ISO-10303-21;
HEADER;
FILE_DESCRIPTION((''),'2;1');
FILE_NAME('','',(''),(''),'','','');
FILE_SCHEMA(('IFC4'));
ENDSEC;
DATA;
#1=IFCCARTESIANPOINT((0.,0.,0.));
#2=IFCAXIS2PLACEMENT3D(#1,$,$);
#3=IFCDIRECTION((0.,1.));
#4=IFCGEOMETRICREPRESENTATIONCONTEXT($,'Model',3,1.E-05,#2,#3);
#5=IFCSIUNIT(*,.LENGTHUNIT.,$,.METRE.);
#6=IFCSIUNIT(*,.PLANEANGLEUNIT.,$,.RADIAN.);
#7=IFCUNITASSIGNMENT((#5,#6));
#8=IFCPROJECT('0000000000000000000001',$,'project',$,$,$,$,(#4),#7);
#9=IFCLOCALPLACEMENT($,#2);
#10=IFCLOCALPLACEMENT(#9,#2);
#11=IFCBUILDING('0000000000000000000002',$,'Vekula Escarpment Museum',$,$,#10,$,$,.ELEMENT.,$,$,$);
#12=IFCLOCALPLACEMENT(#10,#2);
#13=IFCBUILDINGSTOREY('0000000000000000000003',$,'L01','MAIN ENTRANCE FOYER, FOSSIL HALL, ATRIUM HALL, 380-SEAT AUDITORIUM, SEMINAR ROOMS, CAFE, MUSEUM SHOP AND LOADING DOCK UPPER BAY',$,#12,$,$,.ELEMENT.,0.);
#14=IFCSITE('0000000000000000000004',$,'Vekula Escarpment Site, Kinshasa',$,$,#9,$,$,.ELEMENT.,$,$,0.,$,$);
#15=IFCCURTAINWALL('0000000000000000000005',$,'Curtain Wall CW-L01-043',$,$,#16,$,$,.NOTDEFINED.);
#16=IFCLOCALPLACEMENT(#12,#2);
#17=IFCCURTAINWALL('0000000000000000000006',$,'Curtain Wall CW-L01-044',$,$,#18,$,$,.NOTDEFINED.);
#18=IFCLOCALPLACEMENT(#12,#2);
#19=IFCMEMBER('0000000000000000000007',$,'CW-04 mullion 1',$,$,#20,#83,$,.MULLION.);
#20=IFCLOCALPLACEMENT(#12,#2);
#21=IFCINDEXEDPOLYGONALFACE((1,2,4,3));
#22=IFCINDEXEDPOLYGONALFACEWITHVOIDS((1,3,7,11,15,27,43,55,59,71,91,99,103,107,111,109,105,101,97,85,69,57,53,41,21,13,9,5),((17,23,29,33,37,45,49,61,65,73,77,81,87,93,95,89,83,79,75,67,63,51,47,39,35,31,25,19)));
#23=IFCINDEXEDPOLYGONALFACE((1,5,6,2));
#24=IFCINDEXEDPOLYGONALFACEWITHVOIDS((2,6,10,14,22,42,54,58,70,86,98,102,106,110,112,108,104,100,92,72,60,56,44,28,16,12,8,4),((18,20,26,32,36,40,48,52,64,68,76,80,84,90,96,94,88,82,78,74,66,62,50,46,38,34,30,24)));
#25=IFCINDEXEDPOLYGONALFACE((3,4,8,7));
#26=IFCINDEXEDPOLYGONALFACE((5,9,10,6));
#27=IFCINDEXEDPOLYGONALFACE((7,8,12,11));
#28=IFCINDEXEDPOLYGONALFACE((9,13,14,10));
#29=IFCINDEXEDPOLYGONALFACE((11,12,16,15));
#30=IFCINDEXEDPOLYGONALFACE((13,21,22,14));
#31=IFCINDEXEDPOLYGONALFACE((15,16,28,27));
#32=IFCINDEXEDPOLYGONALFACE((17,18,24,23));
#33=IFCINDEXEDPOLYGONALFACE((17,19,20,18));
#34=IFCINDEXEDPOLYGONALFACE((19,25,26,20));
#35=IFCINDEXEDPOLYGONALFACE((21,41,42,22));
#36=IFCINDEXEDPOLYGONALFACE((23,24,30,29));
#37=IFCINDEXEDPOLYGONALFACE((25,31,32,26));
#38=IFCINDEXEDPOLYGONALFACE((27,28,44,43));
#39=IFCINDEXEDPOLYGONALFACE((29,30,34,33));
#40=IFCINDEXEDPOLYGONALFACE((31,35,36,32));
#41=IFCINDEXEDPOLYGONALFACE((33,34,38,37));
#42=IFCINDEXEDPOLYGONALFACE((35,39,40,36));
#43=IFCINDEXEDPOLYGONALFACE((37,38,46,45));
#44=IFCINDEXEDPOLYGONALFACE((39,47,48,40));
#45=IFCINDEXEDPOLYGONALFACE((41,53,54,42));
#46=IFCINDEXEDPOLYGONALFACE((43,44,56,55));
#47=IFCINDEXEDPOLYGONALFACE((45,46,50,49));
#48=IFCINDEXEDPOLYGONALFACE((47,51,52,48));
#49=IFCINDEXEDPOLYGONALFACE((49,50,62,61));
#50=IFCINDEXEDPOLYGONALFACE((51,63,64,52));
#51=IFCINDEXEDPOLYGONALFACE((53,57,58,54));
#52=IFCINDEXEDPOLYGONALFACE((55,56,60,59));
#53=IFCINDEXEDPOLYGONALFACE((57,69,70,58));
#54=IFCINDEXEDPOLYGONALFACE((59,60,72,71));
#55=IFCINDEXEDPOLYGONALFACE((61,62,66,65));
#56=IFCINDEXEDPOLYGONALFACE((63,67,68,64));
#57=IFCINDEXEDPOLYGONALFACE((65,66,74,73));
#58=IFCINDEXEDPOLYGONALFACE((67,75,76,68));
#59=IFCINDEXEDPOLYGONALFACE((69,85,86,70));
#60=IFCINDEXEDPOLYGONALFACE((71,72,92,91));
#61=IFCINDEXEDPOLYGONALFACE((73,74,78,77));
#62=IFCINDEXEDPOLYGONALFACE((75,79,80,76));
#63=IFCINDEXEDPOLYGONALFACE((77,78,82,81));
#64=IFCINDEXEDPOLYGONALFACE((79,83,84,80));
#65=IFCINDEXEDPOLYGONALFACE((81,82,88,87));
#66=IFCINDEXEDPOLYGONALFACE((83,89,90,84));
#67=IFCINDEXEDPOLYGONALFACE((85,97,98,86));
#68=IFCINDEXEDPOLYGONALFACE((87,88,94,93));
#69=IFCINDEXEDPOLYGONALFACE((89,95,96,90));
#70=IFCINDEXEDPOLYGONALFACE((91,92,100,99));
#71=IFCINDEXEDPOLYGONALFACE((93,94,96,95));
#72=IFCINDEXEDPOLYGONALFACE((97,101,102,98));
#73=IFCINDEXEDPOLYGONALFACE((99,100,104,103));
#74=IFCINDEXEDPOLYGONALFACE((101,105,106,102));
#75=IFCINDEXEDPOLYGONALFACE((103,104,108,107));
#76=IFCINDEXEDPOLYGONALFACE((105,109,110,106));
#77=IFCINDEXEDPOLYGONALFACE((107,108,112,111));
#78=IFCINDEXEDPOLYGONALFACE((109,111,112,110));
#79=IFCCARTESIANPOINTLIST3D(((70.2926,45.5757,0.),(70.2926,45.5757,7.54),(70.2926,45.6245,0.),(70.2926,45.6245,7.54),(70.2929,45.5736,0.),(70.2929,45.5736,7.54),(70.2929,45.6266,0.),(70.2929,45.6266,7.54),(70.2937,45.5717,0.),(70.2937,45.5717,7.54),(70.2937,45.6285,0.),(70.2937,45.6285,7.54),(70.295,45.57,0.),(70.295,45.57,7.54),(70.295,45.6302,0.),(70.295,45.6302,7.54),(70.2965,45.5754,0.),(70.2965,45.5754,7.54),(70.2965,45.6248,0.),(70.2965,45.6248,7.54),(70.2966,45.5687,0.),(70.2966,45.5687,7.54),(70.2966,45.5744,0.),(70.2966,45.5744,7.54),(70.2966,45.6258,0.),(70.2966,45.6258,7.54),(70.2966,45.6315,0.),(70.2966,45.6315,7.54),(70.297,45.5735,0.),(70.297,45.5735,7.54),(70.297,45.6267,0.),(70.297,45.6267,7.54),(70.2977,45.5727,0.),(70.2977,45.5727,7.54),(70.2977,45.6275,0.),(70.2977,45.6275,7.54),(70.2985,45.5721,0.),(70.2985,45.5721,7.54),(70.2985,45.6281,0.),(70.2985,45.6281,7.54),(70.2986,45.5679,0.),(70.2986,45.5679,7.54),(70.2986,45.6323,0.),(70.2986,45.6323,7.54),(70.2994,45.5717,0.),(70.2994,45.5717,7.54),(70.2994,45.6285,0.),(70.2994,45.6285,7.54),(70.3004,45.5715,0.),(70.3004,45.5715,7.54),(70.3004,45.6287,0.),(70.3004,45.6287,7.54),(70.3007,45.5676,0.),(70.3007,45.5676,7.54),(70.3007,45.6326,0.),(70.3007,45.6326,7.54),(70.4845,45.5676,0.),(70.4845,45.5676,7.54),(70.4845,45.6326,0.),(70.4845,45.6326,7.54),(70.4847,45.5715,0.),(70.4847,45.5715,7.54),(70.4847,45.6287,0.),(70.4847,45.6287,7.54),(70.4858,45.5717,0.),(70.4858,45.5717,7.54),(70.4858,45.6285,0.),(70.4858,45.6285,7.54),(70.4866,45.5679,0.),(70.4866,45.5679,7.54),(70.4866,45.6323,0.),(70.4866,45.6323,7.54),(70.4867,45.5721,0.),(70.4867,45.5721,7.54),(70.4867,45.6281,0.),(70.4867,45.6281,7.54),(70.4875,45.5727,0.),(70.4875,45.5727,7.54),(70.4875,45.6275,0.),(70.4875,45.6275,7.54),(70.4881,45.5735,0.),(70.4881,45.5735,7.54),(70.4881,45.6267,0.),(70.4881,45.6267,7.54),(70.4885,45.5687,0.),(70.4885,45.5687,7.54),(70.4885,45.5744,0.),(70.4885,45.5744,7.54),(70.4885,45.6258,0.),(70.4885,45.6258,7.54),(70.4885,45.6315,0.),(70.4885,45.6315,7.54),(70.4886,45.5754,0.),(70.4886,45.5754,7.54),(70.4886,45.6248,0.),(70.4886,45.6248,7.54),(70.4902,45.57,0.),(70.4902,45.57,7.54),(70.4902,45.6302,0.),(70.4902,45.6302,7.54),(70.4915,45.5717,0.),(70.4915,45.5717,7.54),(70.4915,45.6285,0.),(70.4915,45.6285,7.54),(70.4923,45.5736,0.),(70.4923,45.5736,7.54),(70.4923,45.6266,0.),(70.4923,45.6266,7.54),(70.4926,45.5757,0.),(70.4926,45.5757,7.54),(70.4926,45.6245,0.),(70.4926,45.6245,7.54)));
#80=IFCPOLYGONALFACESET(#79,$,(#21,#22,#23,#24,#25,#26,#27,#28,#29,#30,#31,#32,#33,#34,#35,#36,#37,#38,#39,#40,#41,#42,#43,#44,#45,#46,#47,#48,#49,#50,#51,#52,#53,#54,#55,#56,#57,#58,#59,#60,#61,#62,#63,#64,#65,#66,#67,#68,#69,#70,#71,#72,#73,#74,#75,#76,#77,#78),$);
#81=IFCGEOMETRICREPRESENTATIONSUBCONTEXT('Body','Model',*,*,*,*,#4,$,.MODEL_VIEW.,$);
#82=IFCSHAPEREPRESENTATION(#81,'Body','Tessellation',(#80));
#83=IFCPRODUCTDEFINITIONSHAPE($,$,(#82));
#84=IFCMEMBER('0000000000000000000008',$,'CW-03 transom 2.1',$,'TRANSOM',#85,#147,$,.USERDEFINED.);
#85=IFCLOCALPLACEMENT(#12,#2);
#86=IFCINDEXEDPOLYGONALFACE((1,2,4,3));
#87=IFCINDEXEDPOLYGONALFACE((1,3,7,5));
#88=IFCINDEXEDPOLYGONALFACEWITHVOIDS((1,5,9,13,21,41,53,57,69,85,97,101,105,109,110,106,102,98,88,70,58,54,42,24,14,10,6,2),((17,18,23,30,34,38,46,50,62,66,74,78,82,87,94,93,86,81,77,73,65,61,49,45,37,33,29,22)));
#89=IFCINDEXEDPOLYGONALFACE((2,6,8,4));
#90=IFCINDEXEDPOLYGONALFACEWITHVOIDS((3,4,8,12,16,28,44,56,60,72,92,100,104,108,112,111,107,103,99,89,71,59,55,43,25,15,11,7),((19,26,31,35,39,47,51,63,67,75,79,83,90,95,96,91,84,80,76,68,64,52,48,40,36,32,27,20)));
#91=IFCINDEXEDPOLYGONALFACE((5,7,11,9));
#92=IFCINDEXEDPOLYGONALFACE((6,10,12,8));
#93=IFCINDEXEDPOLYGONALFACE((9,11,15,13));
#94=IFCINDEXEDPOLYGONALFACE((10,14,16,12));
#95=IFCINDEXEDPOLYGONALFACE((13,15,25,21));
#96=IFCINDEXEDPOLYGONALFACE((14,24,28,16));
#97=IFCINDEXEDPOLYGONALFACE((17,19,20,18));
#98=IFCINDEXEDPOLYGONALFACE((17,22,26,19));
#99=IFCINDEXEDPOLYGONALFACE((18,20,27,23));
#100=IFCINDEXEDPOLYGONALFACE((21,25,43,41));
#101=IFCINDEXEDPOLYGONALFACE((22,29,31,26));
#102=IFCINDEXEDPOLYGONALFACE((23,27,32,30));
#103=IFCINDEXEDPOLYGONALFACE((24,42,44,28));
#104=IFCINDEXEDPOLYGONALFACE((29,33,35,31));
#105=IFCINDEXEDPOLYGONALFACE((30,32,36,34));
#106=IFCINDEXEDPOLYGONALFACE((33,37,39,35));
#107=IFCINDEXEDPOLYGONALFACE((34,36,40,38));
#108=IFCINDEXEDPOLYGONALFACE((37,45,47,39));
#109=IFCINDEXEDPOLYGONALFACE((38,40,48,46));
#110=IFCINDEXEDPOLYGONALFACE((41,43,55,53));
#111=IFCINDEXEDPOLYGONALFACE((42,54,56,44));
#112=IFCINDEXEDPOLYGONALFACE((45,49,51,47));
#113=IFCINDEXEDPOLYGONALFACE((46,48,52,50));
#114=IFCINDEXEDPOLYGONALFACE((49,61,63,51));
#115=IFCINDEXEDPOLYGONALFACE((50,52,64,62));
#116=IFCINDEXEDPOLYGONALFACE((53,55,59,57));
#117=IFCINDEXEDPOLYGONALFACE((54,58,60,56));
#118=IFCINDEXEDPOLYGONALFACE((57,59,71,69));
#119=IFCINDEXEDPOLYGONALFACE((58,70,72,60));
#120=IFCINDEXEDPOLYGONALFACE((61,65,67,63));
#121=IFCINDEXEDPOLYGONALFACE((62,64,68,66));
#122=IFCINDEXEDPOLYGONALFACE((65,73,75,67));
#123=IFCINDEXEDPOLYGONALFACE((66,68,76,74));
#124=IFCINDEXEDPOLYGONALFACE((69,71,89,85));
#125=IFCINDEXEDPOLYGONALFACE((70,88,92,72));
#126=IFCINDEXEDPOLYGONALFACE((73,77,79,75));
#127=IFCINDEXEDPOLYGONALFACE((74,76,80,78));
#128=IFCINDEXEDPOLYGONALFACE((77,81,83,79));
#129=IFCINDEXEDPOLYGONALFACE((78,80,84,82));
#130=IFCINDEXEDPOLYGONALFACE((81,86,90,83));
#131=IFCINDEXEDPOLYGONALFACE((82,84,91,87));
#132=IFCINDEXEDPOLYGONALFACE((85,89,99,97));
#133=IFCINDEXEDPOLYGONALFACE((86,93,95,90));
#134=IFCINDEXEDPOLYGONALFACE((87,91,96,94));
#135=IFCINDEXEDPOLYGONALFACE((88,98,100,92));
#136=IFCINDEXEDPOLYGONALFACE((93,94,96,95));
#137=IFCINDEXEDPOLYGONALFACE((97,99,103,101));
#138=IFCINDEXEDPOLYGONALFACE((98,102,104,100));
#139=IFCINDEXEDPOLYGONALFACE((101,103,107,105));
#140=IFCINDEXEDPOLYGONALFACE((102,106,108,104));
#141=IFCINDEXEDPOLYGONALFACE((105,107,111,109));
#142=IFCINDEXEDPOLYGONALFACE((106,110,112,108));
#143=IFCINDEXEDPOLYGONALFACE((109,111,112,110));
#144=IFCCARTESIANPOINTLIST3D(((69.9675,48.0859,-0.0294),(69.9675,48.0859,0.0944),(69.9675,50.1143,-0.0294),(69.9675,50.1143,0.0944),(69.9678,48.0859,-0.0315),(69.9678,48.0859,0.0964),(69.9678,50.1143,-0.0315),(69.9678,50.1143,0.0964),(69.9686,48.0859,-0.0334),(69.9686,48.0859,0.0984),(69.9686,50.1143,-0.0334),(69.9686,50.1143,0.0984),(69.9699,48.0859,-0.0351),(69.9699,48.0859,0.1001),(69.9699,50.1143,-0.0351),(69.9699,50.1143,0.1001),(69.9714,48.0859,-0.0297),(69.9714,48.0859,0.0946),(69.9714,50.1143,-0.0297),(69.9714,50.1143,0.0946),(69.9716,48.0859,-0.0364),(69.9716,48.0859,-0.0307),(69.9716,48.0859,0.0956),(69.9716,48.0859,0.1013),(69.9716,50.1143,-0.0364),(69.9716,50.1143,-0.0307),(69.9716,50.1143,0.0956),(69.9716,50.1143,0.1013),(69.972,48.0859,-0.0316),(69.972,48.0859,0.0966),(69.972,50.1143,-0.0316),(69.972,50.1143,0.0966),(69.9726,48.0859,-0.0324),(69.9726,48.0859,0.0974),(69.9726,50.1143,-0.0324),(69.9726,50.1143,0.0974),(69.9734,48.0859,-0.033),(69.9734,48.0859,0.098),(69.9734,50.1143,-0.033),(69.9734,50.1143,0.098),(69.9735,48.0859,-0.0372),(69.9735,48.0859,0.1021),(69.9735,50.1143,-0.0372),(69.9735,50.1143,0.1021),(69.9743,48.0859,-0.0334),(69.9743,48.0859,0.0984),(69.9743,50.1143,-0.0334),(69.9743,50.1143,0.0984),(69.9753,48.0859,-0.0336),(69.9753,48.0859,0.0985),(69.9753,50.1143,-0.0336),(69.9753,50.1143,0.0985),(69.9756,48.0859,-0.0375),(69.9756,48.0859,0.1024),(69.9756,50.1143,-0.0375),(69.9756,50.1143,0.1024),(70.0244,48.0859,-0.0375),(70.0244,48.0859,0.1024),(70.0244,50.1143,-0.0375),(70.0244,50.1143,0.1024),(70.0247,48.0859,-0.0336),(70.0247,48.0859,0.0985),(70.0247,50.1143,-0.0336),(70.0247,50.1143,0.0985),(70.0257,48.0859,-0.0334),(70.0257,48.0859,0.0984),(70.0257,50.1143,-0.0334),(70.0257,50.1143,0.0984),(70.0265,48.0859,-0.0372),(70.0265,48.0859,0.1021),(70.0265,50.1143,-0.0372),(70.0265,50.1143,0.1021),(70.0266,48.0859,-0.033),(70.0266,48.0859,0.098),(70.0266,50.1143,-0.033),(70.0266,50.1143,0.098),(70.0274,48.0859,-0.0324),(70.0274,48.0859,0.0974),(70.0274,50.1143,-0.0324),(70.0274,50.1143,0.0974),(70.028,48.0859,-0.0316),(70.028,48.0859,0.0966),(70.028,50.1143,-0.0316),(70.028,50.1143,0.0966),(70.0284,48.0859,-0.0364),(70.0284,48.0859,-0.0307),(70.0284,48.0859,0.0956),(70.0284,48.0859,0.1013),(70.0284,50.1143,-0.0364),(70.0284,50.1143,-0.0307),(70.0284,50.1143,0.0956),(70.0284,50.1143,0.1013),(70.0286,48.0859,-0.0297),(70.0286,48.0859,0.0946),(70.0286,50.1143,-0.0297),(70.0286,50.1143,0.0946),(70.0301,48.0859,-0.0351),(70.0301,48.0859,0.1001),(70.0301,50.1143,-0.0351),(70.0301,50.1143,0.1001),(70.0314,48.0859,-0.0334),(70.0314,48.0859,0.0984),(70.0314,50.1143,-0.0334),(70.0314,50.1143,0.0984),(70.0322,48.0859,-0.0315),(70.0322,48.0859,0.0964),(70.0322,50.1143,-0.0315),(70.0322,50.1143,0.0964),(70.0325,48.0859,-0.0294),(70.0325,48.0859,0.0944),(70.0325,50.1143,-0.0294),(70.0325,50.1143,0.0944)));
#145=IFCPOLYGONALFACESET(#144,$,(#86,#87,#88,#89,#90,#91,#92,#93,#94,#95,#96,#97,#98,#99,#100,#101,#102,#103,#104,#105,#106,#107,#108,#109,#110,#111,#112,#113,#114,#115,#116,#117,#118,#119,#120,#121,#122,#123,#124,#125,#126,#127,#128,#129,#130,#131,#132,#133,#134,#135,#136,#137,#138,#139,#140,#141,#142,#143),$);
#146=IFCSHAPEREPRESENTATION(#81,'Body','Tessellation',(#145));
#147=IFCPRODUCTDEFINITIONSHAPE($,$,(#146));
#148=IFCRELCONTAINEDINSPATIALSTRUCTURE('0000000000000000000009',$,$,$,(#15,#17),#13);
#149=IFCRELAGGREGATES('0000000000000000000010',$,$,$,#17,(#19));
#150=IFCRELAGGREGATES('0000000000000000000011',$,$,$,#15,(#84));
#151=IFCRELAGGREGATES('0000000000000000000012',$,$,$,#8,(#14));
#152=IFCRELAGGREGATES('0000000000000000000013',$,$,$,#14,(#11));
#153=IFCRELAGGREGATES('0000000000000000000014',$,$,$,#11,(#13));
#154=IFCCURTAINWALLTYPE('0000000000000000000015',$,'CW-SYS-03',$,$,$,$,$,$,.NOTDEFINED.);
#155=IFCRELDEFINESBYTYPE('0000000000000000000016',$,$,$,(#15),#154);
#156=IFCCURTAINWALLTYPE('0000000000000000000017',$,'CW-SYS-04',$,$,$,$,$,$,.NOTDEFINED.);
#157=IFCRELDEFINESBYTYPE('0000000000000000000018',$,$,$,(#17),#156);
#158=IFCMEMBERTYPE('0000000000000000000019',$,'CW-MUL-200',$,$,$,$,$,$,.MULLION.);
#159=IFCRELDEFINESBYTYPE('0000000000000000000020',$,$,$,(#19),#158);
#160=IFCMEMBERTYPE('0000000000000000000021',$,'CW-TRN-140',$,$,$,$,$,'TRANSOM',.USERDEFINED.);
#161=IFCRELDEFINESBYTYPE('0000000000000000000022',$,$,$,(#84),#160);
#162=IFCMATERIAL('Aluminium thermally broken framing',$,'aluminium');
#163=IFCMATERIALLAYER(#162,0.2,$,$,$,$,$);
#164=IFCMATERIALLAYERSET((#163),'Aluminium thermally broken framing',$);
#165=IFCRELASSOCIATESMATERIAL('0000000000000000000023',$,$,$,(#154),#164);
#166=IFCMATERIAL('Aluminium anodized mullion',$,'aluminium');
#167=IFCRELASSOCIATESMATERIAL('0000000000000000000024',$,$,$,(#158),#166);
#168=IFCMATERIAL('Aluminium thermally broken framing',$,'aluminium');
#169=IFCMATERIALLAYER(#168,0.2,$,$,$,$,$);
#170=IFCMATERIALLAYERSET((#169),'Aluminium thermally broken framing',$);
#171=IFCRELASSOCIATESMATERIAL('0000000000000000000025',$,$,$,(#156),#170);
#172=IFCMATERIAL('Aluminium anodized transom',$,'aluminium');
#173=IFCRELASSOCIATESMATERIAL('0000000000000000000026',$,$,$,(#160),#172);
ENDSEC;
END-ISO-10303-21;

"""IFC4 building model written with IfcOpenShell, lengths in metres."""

from ifc_helpers import new_model, si_unit, direction, frame, origin, origin_2d, place, context, subcontext, project, spatial, hollow_rectangle, extrude, material, layer, layer_set, material_profile, profile_set, type_object, element, aggregate, save


model = new_model("IFC4")

# Units and contexts
model_context = context("Model", 3, precision=1e-05, world=origin(), true_north=direction((0.0, 1.0)))
body_context = subcontext(model_context, "Body", "Model", "MODEL_VIEW")
ifc_project = project(units=[si_unit("LENGTHUNIT", "METRE"), si_unit("PLANEANGLEUNIT", "RADIAN")], contexts=[model_context])

# Site, building, storey
site_placement = place(None, origin())
site = spatial("IfcSite", under=ifc_project, at=site_placement, Name="Vekula Escarpment Site, Kinshasa", CompositionType="ELEMENT", RefElevation=0.0)
building_placement = place(site_placement, origin())
building = spatial("IfcBuilding", under=site, at=building_placement, Name="Vekula Escarpment Museum", CompositionType="ELEMENT")
storey_placement = place(building_placement, origin())
storey = spatial("IfcBuildingStorey", under=building, at=storey_placement, Name="L01", Description="MAIN ENTRANCE FOYER, FOSSIL HALL, ATRIUM HALL, 380-SEAT AUDITORIUM, SEMINAR ROOMS, CAFE, MUSEUM SHOP AND LOADING DOCK UPPER BAY", CompositionType="ELEMENT", Elevation=0.0)

# Curtain wall
ifc_material_1 = material(Name="Aluminium thermally broken framing", Category="aluminium")
ifc_layer_1 = layer(ifc_material_1, 0.2)
ifc_layer_set_1 = layer_set([ifc_layer_1], Name="Aluminium thermally broken framing")
curtain_wall_type_1 = type_object("IfcCurtainWallType", Name="CW-SYS-03", PredefinedType="NOTDEFINED", material=ifc_layer_set_1)
curtain_wall_1_placement = place(storey_placement, origin())
curtain_wall_1 = element("IfcCurtainWall", 1, at=curtain_wall_1_placement, inside=storey, type_object=curtain_wall_type_1, Name="Curtain Wall CW-L01-043", PredefinedType="NOTDEFINED")
ifc_material_2 = material(Name="Aluminium anodized mullion", Category="aluminium")
ifc_material_profile_1 = material_profile(ifc_material_2, hollow_rectangle(XDim=0.0649, YDim=0.2, WallThickness=0.0039, InnerFilletRadius=0.0039, OuterFilletRadius=0.0081, at=origin_2d()), Name="ALU 200x65x4")
ifc_profile_set_1 = profile_set([ifc_material_profile_1], Name="Aluminium anodized mullion")
member_type_1 = type_object("IfcMemberType", Name="CW-MUL-200", PredefinedType="MULLION", material=ifc_profile_set_1)

# Curtain wall, member
ifc_material_3 = material(Name="Aluminium thermally broken framing", Category="aluminium")
ifc_layer_2 = layer(ifc_material_3, 0.2)
ifc_layer_set_2 = layer_set([ifc_layer_2], Name="Aluminium thermally broken framing")
curtain_wall_type_2 = type_object("IfcCurtainWallType", Name="CW-SYS-04", PredefinedType="NOTDEFINED", material=ifc_layer_set_2)
curtain_wall_2_placement = place(storey_placement, origin())
curtain_wall_2 = element("IfcCurtainWall", 2, at=curtain_wall_2_placement, inside=storey, type_object=curtain_wall_type_2, Name="Curtain Wall CW-L01-044", PredefinedType="NOTDEFINED")
member_1_placement = place(storey_placement, frame((70.3926, 45.6001, 0.0), z_axis=(0.0, 0.0, 1.0), x_axis=(0.0, 1.0, 0.0)))
member_1 = element("IfcMember", 3, at=member_1_placement, type_object=member_type_1, Name="CW-04 mullion 1", PredefinedType="MULLION", context=body_context, shape_type="SweptSolid", body=[
    extrude(hollow_rectangle(XDim=0.0649, YDim=0.2, WallThickness=0.0039, InnerFilletRadius=0.0039, OuterFilletRadius=0.0081, at=origin_2d()), origin(), (0.0, 0.0, 1.0), 7.54),
])

# Member
ifc_material_4 = material(Name="Aluminium anodized transom", Category="aluminium")
ifc_material_profile_2 = material_profile(ifc_material_4, hollow_rectangle(XDim=0.0649, YDim=0.1399, WallThickness=0.0039, InnerFilletRadius=0.0039, OuterFilletRadius=0.0081, at=origin_2d()), Name="ALU 140x65x4")
ifc_profile_set_2 = profile_set([ifc_material_profile_2], Name="Aluminium anodized transom")
member_type_2 = type_object("IfcMemberType", Name="CW-TRN-140", ElementType="TRANSOM", PredefinedType="USERDEFINED", material=ifc_profile_set_2)
member_2_placement = place(storey_placement, frame((70.0, 50.1143, 0.0325), z_axis=(0.0, -1.0, 0.0), x_axis=(1.0, 0.0, 0.0)))
member_2 = element("IfcMember", 4, at=member_2_placement, type_object=member_type_2, Name="CW-03 transom 2.1", ObjectType="TRANSOM", PredefinedType="USERDEFINED", context=body_context, shape_type="SweptSolid", body=[
    extrude(hollow_rectangle(XDim=0.0649, YDim=0.1399, WallThickness=0.0039, InnerFilletRadius=0.0039, OuterFilletRadius=0.0081, at=origin_2d()), origin(), (0.0, 0.0, 1.0), 2.0283),
])
aggregate(curtain_wall_2, [member_1])

aggregate(curtain_wall_1, [member_2])

save(model, "model.ifc")
